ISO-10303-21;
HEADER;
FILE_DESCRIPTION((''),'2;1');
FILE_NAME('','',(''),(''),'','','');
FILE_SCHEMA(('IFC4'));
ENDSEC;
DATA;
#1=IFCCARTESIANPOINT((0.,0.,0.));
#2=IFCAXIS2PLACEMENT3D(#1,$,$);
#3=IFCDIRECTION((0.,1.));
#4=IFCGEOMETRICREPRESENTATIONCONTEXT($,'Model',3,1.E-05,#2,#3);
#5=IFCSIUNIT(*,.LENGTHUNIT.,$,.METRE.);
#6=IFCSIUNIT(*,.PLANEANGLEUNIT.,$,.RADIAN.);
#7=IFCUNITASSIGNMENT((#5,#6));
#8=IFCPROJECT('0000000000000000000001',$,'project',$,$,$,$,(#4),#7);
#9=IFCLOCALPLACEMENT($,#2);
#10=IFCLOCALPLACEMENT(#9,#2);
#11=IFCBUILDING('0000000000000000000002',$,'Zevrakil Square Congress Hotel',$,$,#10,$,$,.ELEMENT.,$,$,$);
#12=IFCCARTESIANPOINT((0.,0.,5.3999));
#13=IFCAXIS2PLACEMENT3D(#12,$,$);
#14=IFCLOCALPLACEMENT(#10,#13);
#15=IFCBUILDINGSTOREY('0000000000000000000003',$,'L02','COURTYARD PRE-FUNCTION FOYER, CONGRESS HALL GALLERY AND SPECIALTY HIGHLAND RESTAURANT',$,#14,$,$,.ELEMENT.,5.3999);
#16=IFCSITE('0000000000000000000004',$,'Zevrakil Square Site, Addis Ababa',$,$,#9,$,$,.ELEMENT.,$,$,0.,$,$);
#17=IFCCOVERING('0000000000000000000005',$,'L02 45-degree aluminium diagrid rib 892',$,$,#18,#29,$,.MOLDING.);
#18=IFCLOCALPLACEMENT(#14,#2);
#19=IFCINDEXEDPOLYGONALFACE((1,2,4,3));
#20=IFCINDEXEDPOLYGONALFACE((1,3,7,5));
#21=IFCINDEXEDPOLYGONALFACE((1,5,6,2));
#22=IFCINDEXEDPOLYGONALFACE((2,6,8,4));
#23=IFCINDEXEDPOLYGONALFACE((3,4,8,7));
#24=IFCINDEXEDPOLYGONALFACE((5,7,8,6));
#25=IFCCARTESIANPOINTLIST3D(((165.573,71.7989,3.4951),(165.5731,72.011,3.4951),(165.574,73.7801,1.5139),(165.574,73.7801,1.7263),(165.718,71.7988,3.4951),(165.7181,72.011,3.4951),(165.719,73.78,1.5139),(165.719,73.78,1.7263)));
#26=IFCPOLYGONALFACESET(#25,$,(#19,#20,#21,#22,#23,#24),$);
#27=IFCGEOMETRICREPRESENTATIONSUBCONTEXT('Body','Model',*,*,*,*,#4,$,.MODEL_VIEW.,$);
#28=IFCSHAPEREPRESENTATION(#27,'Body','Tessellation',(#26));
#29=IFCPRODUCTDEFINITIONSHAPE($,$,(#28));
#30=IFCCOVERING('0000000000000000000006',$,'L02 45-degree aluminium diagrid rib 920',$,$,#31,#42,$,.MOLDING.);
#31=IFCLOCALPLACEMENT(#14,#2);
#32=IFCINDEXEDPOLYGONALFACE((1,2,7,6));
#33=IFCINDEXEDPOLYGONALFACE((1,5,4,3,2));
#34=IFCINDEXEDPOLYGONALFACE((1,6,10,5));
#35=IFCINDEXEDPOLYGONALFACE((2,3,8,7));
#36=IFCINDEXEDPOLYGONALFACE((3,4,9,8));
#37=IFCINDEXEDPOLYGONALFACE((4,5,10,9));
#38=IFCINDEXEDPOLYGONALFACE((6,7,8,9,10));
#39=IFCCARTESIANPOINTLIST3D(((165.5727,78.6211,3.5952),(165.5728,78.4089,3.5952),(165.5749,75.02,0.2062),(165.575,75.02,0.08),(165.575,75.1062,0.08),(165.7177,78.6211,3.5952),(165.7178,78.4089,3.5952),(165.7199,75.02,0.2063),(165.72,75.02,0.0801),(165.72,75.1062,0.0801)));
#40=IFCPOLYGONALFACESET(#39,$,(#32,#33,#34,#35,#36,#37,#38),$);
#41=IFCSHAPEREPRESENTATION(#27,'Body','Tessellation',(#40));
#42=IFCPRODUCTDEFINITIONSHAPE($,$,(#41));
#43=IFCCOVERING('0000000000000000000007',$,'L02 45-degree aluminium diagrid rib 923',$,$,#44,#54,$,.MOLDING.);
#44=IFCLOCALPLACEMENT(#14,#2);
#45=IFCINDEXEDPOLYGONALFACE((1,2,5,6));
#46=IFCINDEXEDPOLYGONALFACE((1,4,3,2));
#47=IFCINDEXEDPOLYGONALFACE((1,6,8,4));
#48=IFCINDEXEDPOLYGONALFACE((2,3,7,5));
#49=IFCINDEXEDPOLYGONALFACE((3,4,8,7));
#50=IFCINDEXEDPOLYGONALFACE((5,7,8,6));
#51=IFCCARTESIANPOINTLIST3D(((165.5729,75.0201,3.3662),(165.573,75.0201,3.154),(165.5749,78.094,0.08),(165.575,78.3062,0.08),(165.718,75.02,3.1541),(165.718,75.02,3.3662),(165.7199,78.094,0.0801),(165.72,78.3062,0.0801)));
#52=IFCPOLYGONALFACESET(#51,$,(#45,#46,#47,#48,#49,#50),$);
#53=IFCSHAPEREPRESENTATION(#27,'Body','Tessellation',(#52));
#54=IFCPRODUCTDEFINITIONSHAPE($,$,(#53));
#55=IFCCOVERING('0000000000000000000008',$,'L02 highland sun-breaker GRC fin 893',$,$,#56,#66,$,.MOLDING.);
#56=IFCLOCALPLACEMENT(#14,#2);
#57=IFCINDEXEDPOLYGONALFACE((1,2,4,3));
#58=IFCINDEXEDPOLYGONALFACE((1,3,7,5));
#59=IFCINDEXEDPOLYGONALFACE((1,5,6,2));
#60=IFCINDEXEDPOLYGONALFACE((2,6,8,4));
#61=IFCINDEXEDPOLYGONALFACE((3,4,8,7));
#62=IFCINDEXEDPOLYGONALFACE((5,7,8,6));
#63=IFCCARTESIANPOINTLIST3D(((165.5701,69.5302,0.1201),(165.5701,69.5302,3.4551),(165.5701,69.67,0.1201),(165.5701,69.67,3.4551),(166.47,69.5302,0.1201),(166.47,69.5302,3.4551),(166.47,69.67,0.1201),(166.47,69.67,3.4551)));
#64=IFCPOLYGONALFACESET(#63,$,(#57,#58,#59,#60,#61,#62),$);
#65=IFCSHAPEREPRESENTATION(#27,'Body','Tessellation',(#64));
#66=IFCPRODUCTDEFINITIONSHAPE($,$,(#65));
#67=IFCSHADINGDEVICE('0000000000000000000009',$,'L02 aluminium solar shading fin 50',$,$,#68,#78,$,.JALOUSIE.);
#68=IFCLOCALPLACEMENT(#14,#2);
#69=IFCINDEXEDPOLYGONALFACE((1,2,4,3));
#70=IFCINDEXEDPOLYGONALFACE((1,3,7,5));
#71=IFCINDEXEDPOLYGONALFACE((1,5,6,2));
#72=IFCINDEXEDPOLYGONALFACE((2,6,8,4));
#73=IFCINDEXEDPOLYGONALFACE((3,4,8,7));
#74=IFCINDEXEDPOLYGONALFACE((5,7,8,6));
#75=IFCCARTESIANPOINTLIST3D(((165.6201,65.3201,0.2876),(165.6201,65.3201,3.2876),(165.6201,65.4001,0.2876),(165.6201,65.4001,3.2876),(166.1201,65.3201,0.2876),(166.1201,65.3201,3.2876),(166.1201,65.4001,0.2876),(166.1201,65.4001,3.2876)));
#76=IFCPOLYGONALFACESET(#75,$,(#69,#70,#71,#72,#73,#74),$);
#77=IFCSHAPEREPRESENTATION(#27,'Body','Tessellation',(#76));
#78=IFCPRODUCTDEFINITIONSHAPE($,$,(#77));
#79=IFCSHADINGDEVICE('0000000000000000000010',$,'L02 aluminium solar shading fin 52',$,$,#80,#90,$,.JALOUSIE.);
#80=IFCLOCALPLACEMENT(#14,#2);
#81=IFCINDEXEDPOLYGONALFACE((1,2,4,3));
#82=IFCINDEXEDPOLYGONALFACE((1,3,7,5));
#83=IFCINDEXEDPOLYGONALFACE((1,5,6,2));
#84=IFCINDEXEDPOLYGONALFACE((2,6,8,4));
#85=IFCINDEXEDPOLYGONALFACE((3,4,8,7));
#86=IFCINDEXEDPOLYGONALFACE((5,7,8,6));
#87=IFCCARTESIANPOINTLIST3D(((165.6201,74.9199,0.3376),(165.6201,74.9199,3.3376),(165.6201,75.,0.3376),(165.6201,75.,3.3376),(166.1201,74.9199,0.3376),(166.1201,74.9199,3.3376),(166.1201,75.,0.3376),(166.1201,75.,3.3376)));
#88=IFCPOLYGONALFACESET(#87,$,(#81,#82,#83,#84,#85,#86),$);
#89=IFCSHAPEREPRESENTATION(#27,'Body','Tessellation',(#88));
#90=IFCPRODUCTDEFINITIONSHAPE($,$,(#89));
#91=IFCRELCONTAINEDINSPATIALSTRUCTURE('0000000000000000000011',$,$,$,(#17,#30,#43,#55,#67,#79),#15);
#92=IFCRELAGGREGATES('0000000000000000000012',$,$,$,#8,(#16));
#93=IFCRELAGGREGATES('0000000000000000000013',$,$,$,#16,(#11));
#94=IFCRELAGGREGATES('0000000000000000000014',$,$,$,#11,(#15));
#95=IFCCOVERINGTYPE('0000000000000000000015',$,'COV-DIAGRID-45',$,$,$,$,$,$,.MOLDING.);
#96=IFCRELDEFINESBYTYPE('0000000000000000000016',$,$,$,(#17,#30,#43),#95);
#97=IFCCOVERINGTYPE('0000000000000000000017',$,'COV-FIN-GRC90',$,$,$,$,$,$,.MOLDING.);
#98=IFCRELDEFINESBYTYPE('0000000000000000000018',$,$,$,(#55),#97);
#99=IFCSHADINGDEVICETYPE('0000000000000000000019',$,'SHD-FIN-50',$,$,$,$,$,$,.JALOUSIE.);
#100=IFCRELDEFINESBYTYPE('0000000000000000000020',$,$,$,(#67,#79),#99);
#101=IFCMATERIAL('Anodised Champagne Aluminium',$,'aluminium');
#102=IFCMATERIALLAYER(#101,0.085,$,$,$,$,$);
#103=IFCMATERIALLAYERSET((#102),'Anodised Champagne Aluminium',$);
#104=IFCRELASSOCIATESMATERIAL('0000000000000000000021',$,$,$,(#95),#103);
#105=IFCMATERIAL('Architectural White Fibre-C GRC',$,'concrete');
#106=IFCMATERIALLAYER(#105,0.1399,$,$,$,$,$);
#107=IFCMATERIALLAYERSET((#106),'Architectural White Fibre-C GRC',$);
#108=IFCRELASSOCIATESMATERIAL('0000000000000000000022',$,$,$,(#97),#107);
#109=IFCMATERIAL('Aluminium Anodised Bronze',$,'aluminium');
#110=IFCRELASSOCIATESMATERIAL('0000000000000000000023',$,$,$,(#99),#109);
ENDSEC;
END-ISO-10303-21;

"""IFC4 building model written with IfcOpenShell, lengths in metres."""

from ifc_helpers import new_model, si_unit, direction, frame, origin, origin_2d, place, context, subcontext, project, spatial, polyline, rectangle, outline, extrude, material, layer, layer_set, type_object, element, save


model = new_model("IFC4")

# Units and contexts
model_context = context("Model", 3, precision=1e-05, world=origin(), true_north=direction((0.0, 1.0)))
body_context = subcontext(model_context, "Body", "Model", "MODEL_VIEW")
ifc_project = project(units=[si_unit("LENGTHUNIT", "METRE"), si_unit("PLANEANGLEUNIT", "RADIAN")], contexts=[model_context])

# Site, building, storey
site_placement = place(None, origin())
site = spatial("IfcSite", under=ifc_project, at=site_placement, Name="Zevrakil Square Site, Addis Ababa", CompositionType="ELEMENT", RefElevation=0.0)
building_placement = place(site_placement, origin())
building = spatial("IfcBuilding", under=site, at=building_placement, Name="Zevrakil Square Congress Hotel", CompositionType="ELEMENT")
storey_placement = place(building_placement, frame((0.0, 0.0, 5.3999)))
storey = spatial("IfcBuildingStorey", under=building, at=storey_placement, Name="L02", Description="COURTYARD PRE-FUNCTION FOYER, CONGRESS HALL GALLERY AND SPECIALTY HIGHLAND RESTAURANT", CompositionType="ELEMENT", Elevation=5.3999)

# Coverings
ifc_material_1 = material(Name="Anodised Champagne Aluminium", Category="aluminium")
ifc_layer_1 = layer(ifc_material_1, 0.085)
ifc_layer_set_1 = layer_set([ifc_layer_1], Name="Anodised Champagne Aluminium")
covering_type_1 = type_object("IfcCoveringType", Name="COV-DIAGRID-45", PredefinedType="MOLDING", material=ifc_layer_set_1)
covering_1_placement = place(storey_placement, frame((165.718, 71.7988, 3.4951), z_axis=(1.0, -0.000261, 0.00026), x_axis=(0.000261, 1.0, 0.0)))
element("IfcCovering", 1, at=covering_1_placement, inside=storey, type_object=covering_type_1, Name="L02 45-degree aluminium diagrid rib 892", PredefinedType="MOLDING", context=body_context, shape_type="SweptSolid", body=[
    extrude(outline(polyline([(0.0, 0.0), (0.2122, 0.0), (1.9812, -1.7688), (1.9812, -1.9812), (0.0, 0.0)])), origin(), (0.0, 0.0, -1.0), 0.145),
])
covering_2_placement = place(storey_placement, frame((165.72, 75.1062, 0.0801), z_axis=(1.0, 0.000188, 0.000444), x_axis=(0.000188, -1.0, 0.0)))
element("IfcCovering", 2, at=covering_2_placement, inside=storey, type_object=covering_type_1, Name="L02 45-degree aluminium diagrid rib 920", PredefinedType="MOLDING", context=body_context, shape_type="SweptSolid", body=[
    extrude(outline(polyline([(0.0, 0.0), (0.0862, 0.0), (0.0862, -0.1262), (-3.3027, -3.5151), (-3.5149, -3.5151), (0.0, 0.0)])), origin(), (0.0, 0.0, -1.0), 0.145),
])
covering_3_placement = place(storey_placement, frame((165.718, 75.02, 3.1541), z_axis=(1.0, -0.000307, 0.000307), x_axis=(-0.000307, 0.0, 1.0)))
element("IfcCovering", 3, at=covering_3_placement, inside=storey, type_object=covering_type_1, Name="L02 45-degree aluminium diagrid rib 923", PredefinedType="MOLDING", context=body_context, shape_type="SweptSolid", body=[
    extrude(outline(polyline([(0.0, 0.0), (0.2122, 0.0), (-3.074, -3.2861), (-3.074, -3.074), (0.0, 0.0)])), origin(), (0.0, 0.0, -1.0), 0.145),
])
ifc_material_2 = material(Name="Architectural White Fibre-C GRC", Category="concrete")
ifc_layer_2 = layer(ifc_material_2, 0.1399)
ifc_layer_set_2 = layer_set([ifc_layer_2], Name="Architectural White Fibre-C GRC")
covering_type_2 = type_object("IfcCoveringType", Name="COV-FIN-GRC90", PredefinedType="MOLDING", material=ifc_layer_set_2)
covering_4_placement = place(storey_placement, frame((166.02, 69.6001, 0.1201), z_axis=(0.0, 0.0, 1.0), x_axis=(1.0, 0.0, 0.0)))
element("IfcCovering", 4, at=covering_4_placement, inside=storey, type_object=covering_type_2, Name="L02 highland sun-breaker GRC fin 893", PredefinedType="MOLDING", context=body_context, shape_type="SweptSolid", body=[
    extrude(rectangle(XDim=0.8999, YDim=0.1399, at=origin_2d()), origin(), (0.0, 0.0, 1.0), 3.335),
])

# Shading devices
ifc_material_3 = material(Name="Aluminium Anodised Bronze", Category="aluminium")
shading_device_type = type_object("IfcShadingDeviceType", Name="SHD-FIN-50", PredefinedType="JALOUSIE", material=ifc_material_3)
for number, where, z_axis, x_axis, name in (
    (5, (165.8701, 65.3601, 0.2876), (0.0, 0.0, 1.0), (1.0, 0.0, 0.0), "L02 aluminium solar shading fin 50"),
    (6, (165.8701, 74.96, 0.3376), (0.0, 0.0, 1.0), (1.0, 0.0, 0.0), "L02 aluminium solar shading fin 52"),
):
    element("IfcShadingDevice", number, at=place(storey_placement, frame(where, z_axis=z_axis, x_axis=x_axis)), inside=storey, type_object=shading_device_type, Name=name, PredefinedType="JALOUSIE", context=body_context, shape_type="SweptSolid", body=[
        extrude(rectangle(XDim=0.5, YDim=0.0801, at=origin_2d()), origin(), (0.0, 0.0, 1.0), 3.0),
    ])

save(model, "model.ifc")
